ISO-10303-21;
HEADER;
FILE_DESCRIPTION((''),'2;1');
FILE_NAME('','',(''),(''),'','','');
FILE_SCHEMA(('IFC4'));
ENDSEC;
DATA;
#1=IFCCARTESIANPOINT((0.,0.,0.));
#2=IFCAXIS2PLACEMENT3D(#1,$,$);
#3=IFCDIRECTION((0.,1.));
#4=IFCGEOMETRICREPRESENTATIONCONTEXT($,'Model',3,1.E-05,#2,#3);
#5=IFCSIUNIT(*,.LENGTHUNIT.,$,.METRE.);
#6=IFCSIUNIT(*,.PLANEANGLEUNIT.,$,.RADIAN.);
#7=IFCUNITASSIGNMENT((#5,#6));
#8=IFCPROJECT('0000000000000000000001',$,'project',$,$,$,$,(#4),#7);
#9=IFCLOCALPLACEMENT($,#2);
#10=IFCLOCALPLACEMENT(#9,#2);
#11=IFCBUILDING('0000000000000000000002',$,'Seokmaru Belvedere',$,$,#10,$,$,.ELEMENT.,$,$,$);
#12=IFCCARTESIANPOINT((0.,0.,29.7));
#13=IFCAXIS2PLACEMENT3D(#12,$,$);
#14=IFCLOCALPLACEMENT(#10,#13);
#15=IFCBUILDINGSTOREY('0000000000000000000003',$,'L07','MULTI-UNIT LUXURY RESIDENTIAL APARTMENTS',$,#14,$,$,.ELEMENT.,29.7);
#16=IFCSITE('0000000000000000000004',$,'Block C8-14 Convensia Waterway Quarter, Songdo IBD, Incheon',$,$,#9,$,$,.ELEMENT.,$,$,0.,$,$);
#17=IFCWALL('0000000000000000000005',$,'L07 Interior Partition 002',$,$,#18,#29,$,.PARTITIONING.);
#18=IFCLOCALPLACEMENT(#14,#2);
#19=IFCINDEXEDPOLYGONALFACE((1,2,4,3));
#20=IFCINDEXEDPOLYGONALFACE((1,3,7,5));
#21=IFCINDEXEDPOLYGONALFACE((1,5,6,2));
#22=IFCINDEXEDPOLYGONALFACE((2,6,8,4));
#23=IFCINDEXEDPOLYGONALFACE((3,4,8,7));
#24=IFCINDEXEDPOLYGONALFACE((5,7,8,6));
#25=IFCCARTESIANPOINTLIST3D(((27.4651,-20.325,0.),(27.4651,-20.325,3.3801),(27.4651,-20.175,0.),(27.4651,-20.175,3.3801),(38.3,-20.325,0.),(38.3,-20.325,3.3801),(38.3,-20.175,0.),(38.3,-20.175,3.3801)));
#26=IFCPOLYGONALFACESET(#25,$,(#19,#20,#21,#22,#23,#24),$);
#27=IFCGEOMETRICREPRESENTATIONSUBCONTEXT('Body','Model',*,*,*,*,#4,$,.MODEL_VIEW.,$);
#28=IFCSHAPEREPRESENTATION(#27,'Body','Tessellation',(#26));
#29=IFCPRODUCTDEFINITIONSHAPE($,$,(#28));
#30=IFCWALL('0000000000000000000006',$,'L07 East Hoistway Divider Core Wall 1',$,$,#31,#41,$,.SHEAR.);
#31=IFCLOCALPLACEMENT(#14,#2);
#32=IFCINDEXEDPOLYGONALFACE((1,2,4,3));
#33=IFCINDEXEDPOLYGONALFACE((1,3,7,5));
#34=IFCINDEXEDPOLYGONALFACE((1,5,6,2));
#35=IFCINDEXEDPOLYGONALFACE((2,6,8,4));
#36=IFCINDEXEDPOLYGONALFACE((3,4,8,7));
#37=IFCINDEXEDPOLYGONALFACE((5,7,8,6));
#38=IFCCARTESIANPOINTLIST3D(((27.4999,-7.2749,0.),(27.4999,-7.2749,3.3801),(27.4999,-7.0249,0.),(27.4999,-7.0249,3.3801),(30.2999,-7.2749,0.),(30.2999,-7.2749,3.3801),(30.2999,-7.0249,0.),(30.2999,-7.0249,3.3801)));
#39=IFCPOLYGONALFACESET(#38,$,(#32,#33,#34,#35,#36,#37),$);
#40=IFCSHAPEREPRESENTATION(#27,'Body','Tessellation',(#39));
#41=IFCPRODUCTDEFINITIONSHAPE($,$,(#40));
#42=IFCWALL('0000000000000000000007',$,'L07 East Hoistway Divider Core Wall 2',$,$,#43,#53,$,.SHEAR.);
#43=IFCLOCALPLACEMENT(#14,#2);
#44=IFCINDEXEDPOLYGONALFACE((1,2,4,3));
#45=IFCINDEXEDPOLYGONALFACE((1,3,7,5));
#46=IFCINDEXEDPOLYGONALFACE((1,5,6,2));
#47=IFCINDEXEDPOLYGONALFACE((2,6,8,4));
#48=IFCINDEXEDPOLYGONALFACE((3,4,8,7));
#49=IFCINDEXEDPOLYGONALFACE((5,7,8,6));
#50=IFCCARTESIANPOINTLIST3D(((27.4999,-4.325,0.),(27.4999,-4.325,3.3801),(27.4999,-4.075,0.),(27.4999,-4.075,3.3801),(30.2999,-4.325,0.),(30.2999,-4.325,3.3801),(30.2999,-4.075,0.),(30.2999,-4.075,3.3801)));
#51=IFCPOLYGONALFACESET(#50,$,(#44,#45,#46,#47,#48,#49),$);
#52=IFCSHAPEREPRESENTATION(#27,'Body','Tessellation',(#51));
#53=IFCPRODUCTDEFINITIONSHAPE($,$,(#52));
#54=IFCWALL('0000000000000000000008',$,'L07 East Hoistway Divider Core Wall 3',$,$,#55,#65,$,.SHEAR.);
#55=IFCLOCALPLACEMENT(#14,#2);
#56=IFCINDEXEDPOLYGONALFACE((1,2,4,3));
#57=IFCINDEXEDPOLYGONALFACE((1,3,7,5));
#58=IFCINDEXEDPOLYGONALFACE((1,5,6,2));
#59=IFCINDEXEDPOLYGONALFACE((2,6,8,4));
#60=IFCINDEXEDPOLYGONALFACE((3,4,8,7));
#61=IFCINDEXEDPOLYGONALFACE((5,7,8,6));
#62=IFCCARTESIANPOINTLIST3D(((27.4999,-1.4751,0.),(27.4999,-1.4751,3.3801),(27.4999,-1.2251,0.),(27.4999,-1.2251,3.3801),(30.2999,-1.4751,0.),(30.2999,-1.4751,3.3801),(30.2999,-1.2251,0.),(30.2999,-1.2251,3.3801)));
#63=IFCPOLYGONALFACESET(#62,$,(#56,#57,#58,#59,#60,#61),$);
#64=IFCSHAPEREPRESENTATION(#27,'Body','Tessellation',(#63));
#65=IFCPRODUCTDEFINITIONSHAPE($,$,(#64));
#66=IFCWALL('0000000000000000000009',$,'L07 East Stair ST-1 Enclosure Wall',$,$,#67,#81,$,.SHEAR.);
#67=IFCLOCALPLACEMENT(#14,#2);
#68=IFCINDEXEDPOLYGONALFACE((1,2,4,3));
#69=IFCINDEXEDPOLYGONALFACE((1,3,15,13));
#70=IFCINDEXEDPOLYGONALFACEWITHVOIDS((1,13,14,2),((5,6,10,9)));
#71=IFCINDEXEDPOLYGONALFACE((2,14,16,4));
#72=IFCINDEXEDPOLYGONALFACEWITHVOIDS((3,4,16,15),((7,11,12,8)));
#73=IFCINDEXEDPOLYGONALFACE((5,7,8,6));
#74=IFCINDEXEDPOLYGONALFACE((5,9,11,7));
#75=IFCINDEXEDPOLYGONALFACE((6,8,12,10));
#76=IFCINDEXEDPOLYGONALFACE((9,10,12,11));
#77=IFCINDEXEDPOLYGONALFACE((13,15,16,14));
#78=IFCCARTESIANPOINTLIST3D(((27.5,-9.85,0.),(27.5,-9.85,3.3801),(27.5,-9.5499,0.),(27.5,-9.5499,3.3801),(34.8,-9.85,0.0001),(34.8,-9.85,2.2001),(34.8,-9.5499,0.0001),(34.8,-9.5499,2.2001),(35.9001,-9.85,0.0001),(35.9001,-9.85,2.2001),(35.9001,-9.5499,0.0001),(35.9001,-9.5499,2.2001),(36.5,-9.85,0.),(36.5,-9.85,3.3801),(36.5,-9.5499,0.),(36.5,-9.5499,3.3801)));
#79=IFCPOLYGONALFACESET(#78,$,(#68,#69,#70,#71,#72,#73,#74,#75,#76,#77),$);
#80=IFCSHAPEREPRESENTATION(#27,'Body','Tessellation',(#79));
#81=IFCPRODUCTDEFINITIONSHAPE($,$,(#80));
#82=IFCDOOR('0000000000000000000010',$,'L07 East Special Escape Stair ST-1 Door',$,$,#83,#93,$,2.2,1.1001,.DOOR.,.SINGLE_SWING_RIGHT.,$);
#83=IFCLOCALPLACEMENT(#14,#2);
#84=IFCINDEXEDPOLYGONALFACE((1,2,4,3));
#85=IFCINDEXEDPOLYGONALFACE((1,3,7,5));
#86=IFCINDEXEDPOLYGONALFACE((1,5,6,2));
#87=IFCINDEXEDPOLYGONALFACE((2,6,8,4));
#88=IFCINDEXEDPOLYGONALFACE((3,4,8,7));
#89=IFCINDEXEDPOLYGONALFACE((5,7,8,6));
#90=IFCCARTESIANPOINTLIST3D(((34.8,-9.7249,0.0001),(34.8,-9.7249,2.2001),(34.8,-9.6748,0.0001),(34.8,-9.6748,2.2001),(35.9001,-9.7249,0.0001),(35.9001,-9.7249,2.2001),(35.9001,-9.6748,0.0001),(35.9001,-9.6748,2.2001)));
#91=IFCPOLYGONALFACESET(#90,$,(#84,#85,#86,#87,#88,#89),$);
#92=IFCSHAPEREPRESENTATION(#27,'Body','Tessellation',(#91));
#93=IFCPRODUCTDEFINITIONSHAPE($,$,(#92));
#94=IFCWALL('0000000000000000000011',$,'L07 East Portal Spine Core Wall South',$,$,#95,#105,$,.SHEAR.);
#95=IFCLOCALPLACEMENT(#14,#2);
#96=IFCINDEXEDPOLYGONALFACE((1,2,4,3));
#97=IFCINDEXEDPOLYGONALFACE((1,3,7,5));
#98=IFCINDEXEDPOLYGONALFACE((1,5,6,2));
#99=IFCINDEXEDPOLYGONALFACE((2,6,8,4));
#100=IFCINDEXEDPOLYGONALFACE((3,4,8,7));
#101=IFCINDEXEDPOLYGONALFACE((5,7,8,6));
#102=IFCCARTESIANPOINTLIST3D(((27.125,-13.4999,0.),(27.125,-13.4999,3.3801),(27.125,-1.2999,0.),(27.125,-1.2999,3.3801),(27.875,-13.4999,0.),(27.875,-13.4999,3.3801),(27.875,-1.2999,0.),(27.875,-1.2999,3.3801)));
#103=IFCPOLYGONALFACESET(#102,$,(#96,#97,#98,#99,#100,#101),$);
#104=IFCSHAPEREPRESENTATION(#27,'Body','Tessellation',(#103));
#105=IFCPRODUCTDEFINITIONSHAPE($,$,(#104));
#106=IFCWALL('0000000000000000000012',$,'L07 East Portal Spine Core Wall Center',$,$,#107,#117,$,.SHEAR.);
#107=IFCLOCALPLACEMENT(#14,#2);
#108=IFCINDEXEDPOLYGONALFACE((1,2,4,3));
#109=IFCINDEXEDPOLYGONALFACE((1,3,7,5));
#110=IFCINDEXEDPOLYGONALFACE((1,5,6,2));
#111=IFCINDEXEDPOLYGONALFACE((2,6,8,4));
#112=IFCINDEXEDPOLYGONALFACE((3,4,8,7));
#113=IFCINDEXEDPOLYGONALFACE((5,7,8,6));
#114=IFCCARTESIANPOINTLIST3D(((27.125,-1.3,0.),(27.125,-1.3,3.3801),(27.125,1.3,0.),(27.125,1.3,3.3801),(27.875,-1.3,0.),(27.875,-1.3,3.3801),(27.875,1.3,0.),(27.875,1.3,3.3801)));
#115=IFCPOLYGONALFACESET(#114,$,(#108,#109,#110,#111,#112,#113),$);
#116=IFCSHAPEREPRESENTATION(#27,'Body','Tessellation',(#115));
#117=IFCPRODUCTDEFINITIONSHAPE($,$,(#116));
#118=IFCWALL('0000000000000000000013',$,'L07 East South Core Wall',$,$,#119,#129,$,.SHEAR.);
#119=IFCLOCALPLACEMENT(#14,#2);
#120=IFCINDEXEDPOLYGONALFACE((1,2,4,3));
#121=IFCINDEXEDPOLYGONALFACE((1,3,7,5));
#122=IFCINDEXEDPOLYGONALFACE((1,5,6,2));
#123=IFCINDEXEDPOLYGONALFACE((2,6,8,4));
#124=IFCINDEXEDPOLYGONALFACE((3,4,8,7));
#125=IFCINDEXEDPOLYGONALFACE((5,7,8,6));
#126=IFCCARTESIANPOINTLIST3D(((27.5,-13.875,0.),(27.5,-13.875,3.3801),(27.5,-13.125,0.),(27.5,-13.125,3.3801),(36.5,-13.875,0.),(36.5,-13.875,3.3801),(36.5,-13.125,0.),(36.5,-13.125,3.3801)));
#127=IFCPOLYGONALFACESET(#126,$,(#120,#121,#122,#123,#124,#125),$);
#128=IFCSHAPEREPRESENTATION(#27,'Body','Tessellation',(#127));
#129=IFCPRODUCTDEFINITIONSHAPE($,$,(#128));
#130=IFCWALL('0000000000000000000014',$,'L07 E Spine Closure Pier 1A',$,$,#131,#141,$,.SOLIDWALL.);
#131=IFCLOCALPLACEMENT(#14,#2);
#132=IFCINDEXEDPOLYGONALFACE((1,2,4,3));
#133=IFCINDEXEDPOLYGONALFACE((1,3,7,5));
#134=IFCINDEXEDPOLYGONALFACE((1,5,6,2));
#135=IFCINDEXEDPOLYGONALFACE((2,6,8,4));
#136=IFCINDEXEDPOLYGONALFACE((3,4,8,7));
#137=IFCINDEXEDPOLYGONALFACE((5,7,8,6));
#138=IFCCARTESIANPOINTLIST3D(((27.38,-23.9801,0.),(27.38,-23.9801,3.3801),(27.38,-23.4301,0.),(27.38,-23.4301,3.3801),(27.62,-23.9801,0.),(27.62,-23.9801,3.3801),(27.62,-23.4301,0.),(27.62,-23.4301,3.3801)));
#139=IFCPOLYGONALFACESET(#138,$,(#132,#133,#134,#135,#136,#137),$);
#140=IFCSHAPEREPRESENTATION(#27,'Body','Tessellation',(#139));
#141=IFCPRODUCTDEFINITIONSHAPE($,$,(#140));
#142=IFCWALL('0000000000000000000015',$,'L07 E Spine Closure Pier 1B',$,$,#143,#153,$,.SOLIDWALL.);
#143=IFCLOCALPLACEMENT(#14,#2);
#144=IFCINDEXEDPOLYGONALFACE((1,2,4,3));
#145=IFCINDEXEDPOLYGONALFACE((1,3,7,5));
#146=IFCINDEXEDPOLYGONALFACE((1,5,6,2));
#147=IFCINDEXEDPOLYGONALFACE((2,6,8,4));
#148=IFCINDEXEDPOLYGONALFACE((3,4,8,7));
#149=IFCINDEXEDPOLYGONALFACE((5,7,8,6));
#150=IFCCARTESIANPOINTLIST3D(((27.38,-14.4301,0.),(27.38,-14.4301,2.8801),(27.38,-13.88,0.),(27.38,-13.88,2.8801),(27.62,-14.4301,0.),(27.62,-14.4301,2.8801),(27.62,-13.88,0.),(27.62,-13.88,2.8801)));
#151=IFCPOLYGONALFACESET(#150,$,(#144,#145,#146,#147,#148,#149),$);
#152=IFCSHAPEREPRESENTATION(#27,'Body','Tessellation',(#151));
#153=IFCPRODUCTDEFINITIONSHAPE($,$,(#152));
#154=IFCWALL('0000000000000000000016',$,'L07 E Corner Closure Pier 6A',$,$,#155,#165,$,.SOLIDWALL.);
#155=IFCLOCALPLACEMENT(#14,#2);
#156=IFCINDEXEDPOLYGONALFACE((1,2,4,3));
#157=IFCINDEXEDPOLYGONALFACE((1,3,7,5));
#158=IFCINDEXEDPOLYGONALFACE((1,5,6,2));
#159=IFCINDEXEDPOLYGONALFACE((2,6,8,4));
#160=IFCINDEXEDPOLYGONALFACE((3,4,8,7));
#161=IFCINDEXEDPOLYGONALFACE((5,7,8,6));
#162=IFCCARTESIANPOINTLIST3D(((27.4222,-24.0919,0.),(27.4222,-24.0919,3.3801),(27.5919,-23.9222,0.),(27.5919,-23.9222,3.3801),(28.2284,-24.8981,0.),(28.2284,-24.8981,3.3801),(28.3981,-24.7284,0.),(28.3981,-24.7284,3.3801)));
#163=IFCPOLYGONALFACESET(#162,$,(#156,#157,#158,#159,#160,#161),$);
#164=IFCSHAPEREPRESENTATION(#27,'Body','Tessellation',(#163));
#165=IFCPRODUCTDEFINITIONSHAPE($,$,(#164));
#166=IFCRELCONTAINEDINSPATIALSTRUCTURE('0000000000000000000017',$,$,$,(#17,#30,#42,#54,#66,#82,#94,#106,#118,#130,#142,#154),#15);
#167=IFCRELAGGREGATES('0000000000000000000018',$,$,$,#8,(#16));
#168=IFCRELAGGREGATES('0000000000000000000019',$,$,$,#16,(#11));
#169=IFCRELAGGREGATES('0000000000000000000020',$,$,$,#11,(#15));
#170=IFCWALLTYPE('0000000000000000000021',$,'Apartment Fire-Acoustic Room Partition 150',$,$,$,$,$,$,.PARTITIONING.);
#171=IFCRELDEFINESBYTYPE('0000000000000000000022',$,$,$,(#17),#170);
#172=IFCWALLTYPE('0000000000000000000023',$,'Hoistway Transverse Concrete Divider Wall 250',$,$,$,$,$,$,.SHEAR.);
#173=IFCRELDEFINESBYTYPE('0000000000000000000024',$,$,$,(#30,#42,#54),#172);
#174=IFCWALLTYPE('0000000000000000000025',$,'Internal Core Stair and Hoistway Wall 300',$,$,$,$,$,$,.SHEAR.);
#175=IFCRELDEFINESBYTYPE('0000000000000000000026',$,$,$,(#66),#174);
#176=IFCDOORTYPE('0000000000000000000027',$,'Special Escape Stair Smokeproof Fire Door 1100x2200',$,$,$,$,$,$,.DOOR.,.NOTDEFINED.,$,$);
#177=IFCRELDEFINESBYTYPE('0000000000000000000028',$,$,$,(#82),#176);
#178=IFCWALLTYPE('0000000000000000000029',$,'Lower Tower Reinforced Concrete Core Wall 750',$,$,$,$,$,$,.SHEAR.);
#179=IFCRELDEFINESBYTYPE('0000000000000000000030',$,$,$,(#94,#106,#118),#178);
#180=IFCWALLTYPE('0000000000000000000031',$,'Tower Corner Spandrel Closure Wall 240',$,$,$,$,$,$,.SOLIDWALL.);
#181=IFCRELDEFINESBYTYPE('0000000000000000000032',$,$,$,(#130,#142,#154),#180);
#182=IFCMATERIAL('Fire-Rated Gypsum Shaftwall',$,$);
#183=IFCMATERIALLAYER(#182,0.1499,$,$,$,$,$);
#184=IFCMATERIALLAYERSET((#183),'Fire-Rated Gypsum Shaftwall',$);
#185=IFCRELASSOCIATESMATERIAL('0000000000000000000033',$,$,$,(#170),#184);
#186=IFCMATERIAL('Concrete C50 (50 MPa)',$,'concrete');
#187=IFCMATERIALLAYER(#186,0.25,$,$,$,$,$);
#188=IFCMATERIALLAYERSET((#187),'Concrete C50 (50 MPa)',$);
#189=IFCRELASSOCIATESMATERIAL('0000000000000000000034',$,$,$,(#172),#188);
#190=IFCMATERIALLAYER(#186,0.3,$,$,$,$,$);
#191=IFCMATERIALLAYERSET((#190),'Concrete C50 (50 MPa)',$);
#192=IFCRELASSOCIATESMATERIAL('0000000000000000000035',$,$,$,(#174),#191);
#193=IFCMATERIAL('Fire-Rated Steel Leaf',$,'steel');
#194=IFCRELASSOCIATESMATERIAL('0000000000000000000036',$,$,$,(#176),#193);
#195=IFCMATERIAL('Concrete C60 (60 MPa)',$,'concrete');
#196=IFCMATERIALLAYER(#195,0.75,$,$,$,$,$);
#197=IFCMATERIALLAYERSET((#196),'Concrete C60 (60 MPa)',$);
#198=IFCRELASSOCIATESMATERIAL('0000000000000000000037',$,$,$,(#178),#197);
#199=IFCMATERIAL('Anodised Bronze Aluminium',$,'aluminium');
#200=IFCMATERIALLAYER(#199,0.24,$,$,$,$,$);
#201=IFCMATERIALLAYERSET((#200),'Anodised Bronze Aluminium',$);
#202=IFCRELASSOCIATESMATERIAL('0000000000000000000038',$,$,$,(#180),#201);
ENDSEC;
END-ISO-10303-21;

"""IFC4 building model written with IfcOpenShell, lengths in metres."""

from ifc_helpers import new_model, si_unit, direction, frame, frame_2d, origin, place, context, subcontext, project, spatial, rectangle, extrude, source, transform, mapped, material, layer, layer_set, type_object, type_shapes, element, fill, save


model = new_model("IFC4")

# Units and contexts
model_context = context("Model", 3, precision=1e-05, world=origin(), true_north=direction((0.0, 1.0)))
body_context = subcontext(model_context, "Body", "Model", "MODEL_VIEW")
ifc_project = project(units=[si_unit("LENGTHUNIT", "METRE"), si_unit("PLANEANGLEUNIT", "RADIAN")], contexts=[model_context])

# Site, building, storey
site_placement = place(None, origin())
site = spatial("IfcSite", under=ifc_project, at=site_placement, Name="Block C8-14 Convensia Waterway Quarter, Songdo IBD, Incheon", CompositionType="ELEMENT", RefElevation=0.0)
building_placement = place(site_placement, origin())
building = spatial("IfcBuilding", under=site, at=building_placement, Name="Seokmaru Belvedere", CompositionType="ELEMENT")
storey_placement = place(building_placement, frame((0.0, 0.0, 29.7)))
storey = spatial("IfcBuildingStorey", under=building, at=storey_placement, Name="L07", Description="MULTI-UNIT LUXURY RESIDENTIAL APARTMENTS", CompositionType="ELEMENT", Elevation=29.7)

# Shared definitions
ifc_material_1 = material(Name="Anodised Bronze Aluminium", Category="aluminium")

# Walls
ifc_material_2 = material(Name="Fire-Rated Gypsum Shaftwall")
ifc_layer_1 = layer(ifc_material_2, 0.1499)
ifc_layer_set_1 = layer_set([ifc_layer_1], Name="Fire-Rated Gypsum Shaftwall")
wall_type_1 = type_object("IfcWallType", Name="Apartment Fire-Acoustic Room Partition 150", PredefinedType="PARTITIONING", material=ifc_layer_set_1)
wall_1_placement = place(storey_placement, frame((27.4651, -20.25, 0.0), z_axis=(0.0, 0.0, 1.0), x_axis=(1.0, 0.0, 0.0)))
element("IfcWall", 1, at=wall_1_placement, inside=storey, type_object=wall_type_1, Name="L07 Interior Partition 002", PredefinedType="PARTITIONING", context=body_context, shape_type="SweptSolid", body=[
    extrude(rectangle(XDim=10.835, YDim=0.1499, at=frame_2d((5.4175, 0.0))), origin(), (0.0, 0.0, 1.0), 3.3801),
])
ifc_material_3 = material(Name="Concrete C50 (50 MPa)", Category="concrete")
ifc_layer_2 = layer(ifc_material_3, 0.25)
ifc_layer_set_2 = layer_set([ifc_layer_2], Name="Concrete C50 (50 MPa)")
wall_type_2 = type_object("IfcWallType", Name="Hoistway Transverse Concrete Divider Wall 250", PredefinedType="SHEAR", material=ifc_layer_set_2)
for number, where, z_axis, x_axis, name in (
    (2, (27.5, -7.1499, 0.0), (0.0, 0.0, 1.0), (1.0, 0.0, 0.0), "L07 East Hoistway Divider Core Wall 1"),
    (3, (27.5, -4.2, 0.0), (0.0, 0.0, 1.0), (1.0, 0.0, 0.0), "L07 East Hoistway Divider Core Wall 2"),
    (4, (27.5, -1.3501, 0.0), (0.0, 0.0, 1.0), (1.0, 0.0, 0.0), "L07 East Hoistway Divider Core Wall 3"),
):
    element("IfcWall", number, at=place(storey_placement, frame(where, z_axis=z_axis, x_axis=x_axis)), inside=storey, type_object=wall_type_2, Name=name, PredefinedType="SHEAR", context=body_context, shape_type="SweptSolid", body=[
        extrude(rectangle(XDim=2.8, YDim=0.25, at=frame_2d((1.3999, 0.0))), origin(), (0.0, 0.0, 1.0), 3.3801),
    ])

# Wall, opening, door
ifc_layer_3 = layer(ifc_material_3, 0.3)
ifc_layer_set_3 = layer_set([ifc_layer_3], Name="Concrete C50 (50 MPa)")
wall_type_3 = type_object("IfcWallType", Name="Internal Core Stair and Hoistway Wall 300", PredefinedType="SHEAR", material=ifc_layer_set_3)
wall_2_placement = place(storey_placement, frame((27.5, -9.7, 0.0), z_axis=(0.0, 0.0, 1.0), x_axis=(1.0, 0.0, 0.0)))
wall_2 = element("IfcWall", 5, at=wall_2_placement, inside=storey, type_object=wall_type_3, Name="L07 East Stair ST-1 Enclosure Wall", PredefinedType="SHEAR", context=body_context, shape_type="SweptSolid", body=[
    extrude(rectangle(XDim=9.0, YDim=0.3, at=frame_2d((4.5, 0.0))), origin(), (0.0, 0.0, 1.0), 3.3801),
])
opening_placement = place(wall_2_placement, frame((7.3, 0.0, 0.0)))
opening = element("IfcOpeningElement", 6, at=opening_placement, cuts=wall_2, PredefinedType="OPENING", context=body_context, shape_type="SweptSolid", body=[
    extrude(rectangle(XDim=1.1001, YDim=2.2, at=frame_2d((0.55, 1.1001))), frame((0.0, 0.1602, 0.0), z_axis=(0.0, -1.0, 0.0), x_axis=(1.0, 0.0, 0.0)), (0.0, 0.0, 1.0), 0.3201),
])
ifc_material_4 = material(Name="Fire-Rated Steel Leaf", Category="steel")
door_type = type_object("IfcDoorType", Name="Special Escape Stair Smokeproof Fire Door 1100x2200", OperationType="NOTDEFINED", PredefinedType="DOOR", material=ifc_material_4)
shared_shape_1 = source(origin(), body_context, "Body", "SweptSolid", [
    extrude(rectangle(XDim=1.1001, YDim=2.2, at=frame_2d((0.55, 1.1001))), frame((0.0, 0.0249, 0.0), z_axis=(0.0, -1.0, 0.0), x_axis=(1.0, 0.0, 0.0)), (0.0, 0.0, 1.0), 0.05),
])
type_shapes(door_type, [shared_shape_1])
door_placement = place(opening_placement, frame((1.1001, 0.0, 0.0), z_axis=(0.0, 0.0, 1.0), x_axis=(-1.0, 0.0, 0.0)))
door = element("IfcDoor", 7, at=door_placement, inside=storey, type_object=door_type, Name="L07 East Special Escape Stair ST-1 Door", OperationType="SINGLE_SWING_RIGHT", OverallHeight=2.2, OverallWidth=1.1001, PredefinedType="DOOR", context=body_context, shape_type="MappedRepresentation", body=[
    mapped(shared_shape_1, transform((0.0, 0.0, 0.0), scale=1.0)),
])
fill(opening, door)

# Walls
ifc_material_5 = material(Name="Concrete C60 (60 MPa)", Category="concrete")
ifc_layer_4 = layer(ifc_material_5, 0.75)
ifc_layer_set_4 = layer_set([ifc_layer_4], Name="Concrete C60 (60 MPa)")
wall_type_4 = type_object("IfcWallType", Name="Lower Tower Reinforced Concrete Core Wall 750", PredefinedType="SHEAR", material=ifc_layer_set_4)
wall_3_placement = place(storey_placement, frame((27.5, -13.5, 0.0), z_axis=(0.0, 0.0, 1.0), x_axis=(0.0, 1.0, 0.0)))
element("IfcWall", 8, at=wall_3_placement, inside=storey, type_object=wall_type_4, Name="L07 East Portal Spine Core Wall South", PredefinedType="SHEAR", context=body_context, shape_type="SweptSolid", body=[
    extrude(rectangle(XDim=12.2, YDim=0.75, at=frame_2d((6.1001, 0.0))), origin(), (0.0, 0.0, 1.0), 3.3801),
])
wall_4_placement = place(storey_placement, frame((27.5, -1.3, 0.0), z_axis=(0.0, 0.0, 1.0), x_axis=(0.0, 1.0, 0.0)))
element("IfcWall", 9, at=wall_4_placement, inside=storey, type_object=wall_type_4, Name="L07 East Portal Spine Core Wall Center", PredefinedType="SHEAR", context=body_context, shape_type="SweptSolid", body=[
    extrude(rectangle(XDim=2.6001, YDim=0.75, at=frame_2d((1.3, 0.0))), origin(), (0.0, 0.0, 1.0), 3.3801),
])
wall_5_placement = place(storey_placement, frame((27.5, -13.5, 0.0), z_axis=(0.0, 0.0, 1.0), x_axis=(1.0, 0.0, 0.0)))
element("IfcWall", 10, at=wall_5_placement, inside=storey, type_object=wall_type_4, Name="L07 East South Core Wall", PredefinedType="SHEAR", context=body_context, shape_type="SweptSolid", body=[
    extrude(rectangle(XDim=9.0, YDim=0.75, at=frame_2d((4.5, 0.0))), origin(), (0.0, 0.0, 1.0), 3.3801),
])
ifc_layer_5 = layer(ifc_material_1, 0.24)
ifc_layer_set_5 = layer_set([ifc_layer_5], Name="Anodised Bronze Aluminium")
wall_type_5 = type_object("IfcWallType", Name="Tower Corner Spandrel Closure Wall 240", PredefinedType="SOLIDWALL", material=ifc_layer_set_5)
wall_6_placement = place(storey_placement, frame((27.5, -23.98, 0.0), z_axis=(0.0, 0.0, 1.0), x_axis=(0.0, 1.0, 0.0)))
element("IfcWall", 11, at=wall_6_placement, inside=storey, type_object=wall_type_5, Name="L07 E Spine Closure Pier 1A", PredefinedType="SOLIDWALL", context=body_context, shape_type="SweptSolid", body=[
    extrude(rectangle(XDim=0.55, YDim=0.24, at=frame_2d((0.2749, 0.0))), origin(), (0.0, 0.0, 1.0), 3.3801),
])
wall_7_placement = place(storey_placement, frame((27.5, -14.4299, 0.0), z_axis=(0.0, 0.0, 1.0), x_axis=(0.0, 1.0, 0.0)))
element("IfcWall", 12, at=wall_7_placement, inside=storey, type_object=wall_type_5, Name="L07 E Spine Closure Pier 1B", PredefinedType="SOLIDWALL", context=body_context, shape_type="SweptSolid", body=[
    extrude(rectangle(XDim=0.55, YDim=0.24, at=frame_2d((0.2749, 0.0))), origin(), (0.0, 0.0, 1.0), 2.8801),
])
wall_8_placement = place(storey_placement, frame((27.5071, -24.0071, 0.0), z_axis=(0.0, 0.0, 1.0), x_axis=(0.707107, -0.707107, 0.0)))
element("IfcWall", 13, at=wall_8_placement, inside=storey, type_object=wall_type_5, Name="L07 E Corner Closure Pier 6A", PredefinedType="SOLIDWALL", context=body_context, shape_type="SweptSolid", body=[
    extrude(rectangle(XDim=1.1401, YDim=0.24, at=frame_2d((0.5701, 0.0))), origin(), (0.0, 0.0, 1.0), 3.3801),
])

save(model, "model.ifc")
